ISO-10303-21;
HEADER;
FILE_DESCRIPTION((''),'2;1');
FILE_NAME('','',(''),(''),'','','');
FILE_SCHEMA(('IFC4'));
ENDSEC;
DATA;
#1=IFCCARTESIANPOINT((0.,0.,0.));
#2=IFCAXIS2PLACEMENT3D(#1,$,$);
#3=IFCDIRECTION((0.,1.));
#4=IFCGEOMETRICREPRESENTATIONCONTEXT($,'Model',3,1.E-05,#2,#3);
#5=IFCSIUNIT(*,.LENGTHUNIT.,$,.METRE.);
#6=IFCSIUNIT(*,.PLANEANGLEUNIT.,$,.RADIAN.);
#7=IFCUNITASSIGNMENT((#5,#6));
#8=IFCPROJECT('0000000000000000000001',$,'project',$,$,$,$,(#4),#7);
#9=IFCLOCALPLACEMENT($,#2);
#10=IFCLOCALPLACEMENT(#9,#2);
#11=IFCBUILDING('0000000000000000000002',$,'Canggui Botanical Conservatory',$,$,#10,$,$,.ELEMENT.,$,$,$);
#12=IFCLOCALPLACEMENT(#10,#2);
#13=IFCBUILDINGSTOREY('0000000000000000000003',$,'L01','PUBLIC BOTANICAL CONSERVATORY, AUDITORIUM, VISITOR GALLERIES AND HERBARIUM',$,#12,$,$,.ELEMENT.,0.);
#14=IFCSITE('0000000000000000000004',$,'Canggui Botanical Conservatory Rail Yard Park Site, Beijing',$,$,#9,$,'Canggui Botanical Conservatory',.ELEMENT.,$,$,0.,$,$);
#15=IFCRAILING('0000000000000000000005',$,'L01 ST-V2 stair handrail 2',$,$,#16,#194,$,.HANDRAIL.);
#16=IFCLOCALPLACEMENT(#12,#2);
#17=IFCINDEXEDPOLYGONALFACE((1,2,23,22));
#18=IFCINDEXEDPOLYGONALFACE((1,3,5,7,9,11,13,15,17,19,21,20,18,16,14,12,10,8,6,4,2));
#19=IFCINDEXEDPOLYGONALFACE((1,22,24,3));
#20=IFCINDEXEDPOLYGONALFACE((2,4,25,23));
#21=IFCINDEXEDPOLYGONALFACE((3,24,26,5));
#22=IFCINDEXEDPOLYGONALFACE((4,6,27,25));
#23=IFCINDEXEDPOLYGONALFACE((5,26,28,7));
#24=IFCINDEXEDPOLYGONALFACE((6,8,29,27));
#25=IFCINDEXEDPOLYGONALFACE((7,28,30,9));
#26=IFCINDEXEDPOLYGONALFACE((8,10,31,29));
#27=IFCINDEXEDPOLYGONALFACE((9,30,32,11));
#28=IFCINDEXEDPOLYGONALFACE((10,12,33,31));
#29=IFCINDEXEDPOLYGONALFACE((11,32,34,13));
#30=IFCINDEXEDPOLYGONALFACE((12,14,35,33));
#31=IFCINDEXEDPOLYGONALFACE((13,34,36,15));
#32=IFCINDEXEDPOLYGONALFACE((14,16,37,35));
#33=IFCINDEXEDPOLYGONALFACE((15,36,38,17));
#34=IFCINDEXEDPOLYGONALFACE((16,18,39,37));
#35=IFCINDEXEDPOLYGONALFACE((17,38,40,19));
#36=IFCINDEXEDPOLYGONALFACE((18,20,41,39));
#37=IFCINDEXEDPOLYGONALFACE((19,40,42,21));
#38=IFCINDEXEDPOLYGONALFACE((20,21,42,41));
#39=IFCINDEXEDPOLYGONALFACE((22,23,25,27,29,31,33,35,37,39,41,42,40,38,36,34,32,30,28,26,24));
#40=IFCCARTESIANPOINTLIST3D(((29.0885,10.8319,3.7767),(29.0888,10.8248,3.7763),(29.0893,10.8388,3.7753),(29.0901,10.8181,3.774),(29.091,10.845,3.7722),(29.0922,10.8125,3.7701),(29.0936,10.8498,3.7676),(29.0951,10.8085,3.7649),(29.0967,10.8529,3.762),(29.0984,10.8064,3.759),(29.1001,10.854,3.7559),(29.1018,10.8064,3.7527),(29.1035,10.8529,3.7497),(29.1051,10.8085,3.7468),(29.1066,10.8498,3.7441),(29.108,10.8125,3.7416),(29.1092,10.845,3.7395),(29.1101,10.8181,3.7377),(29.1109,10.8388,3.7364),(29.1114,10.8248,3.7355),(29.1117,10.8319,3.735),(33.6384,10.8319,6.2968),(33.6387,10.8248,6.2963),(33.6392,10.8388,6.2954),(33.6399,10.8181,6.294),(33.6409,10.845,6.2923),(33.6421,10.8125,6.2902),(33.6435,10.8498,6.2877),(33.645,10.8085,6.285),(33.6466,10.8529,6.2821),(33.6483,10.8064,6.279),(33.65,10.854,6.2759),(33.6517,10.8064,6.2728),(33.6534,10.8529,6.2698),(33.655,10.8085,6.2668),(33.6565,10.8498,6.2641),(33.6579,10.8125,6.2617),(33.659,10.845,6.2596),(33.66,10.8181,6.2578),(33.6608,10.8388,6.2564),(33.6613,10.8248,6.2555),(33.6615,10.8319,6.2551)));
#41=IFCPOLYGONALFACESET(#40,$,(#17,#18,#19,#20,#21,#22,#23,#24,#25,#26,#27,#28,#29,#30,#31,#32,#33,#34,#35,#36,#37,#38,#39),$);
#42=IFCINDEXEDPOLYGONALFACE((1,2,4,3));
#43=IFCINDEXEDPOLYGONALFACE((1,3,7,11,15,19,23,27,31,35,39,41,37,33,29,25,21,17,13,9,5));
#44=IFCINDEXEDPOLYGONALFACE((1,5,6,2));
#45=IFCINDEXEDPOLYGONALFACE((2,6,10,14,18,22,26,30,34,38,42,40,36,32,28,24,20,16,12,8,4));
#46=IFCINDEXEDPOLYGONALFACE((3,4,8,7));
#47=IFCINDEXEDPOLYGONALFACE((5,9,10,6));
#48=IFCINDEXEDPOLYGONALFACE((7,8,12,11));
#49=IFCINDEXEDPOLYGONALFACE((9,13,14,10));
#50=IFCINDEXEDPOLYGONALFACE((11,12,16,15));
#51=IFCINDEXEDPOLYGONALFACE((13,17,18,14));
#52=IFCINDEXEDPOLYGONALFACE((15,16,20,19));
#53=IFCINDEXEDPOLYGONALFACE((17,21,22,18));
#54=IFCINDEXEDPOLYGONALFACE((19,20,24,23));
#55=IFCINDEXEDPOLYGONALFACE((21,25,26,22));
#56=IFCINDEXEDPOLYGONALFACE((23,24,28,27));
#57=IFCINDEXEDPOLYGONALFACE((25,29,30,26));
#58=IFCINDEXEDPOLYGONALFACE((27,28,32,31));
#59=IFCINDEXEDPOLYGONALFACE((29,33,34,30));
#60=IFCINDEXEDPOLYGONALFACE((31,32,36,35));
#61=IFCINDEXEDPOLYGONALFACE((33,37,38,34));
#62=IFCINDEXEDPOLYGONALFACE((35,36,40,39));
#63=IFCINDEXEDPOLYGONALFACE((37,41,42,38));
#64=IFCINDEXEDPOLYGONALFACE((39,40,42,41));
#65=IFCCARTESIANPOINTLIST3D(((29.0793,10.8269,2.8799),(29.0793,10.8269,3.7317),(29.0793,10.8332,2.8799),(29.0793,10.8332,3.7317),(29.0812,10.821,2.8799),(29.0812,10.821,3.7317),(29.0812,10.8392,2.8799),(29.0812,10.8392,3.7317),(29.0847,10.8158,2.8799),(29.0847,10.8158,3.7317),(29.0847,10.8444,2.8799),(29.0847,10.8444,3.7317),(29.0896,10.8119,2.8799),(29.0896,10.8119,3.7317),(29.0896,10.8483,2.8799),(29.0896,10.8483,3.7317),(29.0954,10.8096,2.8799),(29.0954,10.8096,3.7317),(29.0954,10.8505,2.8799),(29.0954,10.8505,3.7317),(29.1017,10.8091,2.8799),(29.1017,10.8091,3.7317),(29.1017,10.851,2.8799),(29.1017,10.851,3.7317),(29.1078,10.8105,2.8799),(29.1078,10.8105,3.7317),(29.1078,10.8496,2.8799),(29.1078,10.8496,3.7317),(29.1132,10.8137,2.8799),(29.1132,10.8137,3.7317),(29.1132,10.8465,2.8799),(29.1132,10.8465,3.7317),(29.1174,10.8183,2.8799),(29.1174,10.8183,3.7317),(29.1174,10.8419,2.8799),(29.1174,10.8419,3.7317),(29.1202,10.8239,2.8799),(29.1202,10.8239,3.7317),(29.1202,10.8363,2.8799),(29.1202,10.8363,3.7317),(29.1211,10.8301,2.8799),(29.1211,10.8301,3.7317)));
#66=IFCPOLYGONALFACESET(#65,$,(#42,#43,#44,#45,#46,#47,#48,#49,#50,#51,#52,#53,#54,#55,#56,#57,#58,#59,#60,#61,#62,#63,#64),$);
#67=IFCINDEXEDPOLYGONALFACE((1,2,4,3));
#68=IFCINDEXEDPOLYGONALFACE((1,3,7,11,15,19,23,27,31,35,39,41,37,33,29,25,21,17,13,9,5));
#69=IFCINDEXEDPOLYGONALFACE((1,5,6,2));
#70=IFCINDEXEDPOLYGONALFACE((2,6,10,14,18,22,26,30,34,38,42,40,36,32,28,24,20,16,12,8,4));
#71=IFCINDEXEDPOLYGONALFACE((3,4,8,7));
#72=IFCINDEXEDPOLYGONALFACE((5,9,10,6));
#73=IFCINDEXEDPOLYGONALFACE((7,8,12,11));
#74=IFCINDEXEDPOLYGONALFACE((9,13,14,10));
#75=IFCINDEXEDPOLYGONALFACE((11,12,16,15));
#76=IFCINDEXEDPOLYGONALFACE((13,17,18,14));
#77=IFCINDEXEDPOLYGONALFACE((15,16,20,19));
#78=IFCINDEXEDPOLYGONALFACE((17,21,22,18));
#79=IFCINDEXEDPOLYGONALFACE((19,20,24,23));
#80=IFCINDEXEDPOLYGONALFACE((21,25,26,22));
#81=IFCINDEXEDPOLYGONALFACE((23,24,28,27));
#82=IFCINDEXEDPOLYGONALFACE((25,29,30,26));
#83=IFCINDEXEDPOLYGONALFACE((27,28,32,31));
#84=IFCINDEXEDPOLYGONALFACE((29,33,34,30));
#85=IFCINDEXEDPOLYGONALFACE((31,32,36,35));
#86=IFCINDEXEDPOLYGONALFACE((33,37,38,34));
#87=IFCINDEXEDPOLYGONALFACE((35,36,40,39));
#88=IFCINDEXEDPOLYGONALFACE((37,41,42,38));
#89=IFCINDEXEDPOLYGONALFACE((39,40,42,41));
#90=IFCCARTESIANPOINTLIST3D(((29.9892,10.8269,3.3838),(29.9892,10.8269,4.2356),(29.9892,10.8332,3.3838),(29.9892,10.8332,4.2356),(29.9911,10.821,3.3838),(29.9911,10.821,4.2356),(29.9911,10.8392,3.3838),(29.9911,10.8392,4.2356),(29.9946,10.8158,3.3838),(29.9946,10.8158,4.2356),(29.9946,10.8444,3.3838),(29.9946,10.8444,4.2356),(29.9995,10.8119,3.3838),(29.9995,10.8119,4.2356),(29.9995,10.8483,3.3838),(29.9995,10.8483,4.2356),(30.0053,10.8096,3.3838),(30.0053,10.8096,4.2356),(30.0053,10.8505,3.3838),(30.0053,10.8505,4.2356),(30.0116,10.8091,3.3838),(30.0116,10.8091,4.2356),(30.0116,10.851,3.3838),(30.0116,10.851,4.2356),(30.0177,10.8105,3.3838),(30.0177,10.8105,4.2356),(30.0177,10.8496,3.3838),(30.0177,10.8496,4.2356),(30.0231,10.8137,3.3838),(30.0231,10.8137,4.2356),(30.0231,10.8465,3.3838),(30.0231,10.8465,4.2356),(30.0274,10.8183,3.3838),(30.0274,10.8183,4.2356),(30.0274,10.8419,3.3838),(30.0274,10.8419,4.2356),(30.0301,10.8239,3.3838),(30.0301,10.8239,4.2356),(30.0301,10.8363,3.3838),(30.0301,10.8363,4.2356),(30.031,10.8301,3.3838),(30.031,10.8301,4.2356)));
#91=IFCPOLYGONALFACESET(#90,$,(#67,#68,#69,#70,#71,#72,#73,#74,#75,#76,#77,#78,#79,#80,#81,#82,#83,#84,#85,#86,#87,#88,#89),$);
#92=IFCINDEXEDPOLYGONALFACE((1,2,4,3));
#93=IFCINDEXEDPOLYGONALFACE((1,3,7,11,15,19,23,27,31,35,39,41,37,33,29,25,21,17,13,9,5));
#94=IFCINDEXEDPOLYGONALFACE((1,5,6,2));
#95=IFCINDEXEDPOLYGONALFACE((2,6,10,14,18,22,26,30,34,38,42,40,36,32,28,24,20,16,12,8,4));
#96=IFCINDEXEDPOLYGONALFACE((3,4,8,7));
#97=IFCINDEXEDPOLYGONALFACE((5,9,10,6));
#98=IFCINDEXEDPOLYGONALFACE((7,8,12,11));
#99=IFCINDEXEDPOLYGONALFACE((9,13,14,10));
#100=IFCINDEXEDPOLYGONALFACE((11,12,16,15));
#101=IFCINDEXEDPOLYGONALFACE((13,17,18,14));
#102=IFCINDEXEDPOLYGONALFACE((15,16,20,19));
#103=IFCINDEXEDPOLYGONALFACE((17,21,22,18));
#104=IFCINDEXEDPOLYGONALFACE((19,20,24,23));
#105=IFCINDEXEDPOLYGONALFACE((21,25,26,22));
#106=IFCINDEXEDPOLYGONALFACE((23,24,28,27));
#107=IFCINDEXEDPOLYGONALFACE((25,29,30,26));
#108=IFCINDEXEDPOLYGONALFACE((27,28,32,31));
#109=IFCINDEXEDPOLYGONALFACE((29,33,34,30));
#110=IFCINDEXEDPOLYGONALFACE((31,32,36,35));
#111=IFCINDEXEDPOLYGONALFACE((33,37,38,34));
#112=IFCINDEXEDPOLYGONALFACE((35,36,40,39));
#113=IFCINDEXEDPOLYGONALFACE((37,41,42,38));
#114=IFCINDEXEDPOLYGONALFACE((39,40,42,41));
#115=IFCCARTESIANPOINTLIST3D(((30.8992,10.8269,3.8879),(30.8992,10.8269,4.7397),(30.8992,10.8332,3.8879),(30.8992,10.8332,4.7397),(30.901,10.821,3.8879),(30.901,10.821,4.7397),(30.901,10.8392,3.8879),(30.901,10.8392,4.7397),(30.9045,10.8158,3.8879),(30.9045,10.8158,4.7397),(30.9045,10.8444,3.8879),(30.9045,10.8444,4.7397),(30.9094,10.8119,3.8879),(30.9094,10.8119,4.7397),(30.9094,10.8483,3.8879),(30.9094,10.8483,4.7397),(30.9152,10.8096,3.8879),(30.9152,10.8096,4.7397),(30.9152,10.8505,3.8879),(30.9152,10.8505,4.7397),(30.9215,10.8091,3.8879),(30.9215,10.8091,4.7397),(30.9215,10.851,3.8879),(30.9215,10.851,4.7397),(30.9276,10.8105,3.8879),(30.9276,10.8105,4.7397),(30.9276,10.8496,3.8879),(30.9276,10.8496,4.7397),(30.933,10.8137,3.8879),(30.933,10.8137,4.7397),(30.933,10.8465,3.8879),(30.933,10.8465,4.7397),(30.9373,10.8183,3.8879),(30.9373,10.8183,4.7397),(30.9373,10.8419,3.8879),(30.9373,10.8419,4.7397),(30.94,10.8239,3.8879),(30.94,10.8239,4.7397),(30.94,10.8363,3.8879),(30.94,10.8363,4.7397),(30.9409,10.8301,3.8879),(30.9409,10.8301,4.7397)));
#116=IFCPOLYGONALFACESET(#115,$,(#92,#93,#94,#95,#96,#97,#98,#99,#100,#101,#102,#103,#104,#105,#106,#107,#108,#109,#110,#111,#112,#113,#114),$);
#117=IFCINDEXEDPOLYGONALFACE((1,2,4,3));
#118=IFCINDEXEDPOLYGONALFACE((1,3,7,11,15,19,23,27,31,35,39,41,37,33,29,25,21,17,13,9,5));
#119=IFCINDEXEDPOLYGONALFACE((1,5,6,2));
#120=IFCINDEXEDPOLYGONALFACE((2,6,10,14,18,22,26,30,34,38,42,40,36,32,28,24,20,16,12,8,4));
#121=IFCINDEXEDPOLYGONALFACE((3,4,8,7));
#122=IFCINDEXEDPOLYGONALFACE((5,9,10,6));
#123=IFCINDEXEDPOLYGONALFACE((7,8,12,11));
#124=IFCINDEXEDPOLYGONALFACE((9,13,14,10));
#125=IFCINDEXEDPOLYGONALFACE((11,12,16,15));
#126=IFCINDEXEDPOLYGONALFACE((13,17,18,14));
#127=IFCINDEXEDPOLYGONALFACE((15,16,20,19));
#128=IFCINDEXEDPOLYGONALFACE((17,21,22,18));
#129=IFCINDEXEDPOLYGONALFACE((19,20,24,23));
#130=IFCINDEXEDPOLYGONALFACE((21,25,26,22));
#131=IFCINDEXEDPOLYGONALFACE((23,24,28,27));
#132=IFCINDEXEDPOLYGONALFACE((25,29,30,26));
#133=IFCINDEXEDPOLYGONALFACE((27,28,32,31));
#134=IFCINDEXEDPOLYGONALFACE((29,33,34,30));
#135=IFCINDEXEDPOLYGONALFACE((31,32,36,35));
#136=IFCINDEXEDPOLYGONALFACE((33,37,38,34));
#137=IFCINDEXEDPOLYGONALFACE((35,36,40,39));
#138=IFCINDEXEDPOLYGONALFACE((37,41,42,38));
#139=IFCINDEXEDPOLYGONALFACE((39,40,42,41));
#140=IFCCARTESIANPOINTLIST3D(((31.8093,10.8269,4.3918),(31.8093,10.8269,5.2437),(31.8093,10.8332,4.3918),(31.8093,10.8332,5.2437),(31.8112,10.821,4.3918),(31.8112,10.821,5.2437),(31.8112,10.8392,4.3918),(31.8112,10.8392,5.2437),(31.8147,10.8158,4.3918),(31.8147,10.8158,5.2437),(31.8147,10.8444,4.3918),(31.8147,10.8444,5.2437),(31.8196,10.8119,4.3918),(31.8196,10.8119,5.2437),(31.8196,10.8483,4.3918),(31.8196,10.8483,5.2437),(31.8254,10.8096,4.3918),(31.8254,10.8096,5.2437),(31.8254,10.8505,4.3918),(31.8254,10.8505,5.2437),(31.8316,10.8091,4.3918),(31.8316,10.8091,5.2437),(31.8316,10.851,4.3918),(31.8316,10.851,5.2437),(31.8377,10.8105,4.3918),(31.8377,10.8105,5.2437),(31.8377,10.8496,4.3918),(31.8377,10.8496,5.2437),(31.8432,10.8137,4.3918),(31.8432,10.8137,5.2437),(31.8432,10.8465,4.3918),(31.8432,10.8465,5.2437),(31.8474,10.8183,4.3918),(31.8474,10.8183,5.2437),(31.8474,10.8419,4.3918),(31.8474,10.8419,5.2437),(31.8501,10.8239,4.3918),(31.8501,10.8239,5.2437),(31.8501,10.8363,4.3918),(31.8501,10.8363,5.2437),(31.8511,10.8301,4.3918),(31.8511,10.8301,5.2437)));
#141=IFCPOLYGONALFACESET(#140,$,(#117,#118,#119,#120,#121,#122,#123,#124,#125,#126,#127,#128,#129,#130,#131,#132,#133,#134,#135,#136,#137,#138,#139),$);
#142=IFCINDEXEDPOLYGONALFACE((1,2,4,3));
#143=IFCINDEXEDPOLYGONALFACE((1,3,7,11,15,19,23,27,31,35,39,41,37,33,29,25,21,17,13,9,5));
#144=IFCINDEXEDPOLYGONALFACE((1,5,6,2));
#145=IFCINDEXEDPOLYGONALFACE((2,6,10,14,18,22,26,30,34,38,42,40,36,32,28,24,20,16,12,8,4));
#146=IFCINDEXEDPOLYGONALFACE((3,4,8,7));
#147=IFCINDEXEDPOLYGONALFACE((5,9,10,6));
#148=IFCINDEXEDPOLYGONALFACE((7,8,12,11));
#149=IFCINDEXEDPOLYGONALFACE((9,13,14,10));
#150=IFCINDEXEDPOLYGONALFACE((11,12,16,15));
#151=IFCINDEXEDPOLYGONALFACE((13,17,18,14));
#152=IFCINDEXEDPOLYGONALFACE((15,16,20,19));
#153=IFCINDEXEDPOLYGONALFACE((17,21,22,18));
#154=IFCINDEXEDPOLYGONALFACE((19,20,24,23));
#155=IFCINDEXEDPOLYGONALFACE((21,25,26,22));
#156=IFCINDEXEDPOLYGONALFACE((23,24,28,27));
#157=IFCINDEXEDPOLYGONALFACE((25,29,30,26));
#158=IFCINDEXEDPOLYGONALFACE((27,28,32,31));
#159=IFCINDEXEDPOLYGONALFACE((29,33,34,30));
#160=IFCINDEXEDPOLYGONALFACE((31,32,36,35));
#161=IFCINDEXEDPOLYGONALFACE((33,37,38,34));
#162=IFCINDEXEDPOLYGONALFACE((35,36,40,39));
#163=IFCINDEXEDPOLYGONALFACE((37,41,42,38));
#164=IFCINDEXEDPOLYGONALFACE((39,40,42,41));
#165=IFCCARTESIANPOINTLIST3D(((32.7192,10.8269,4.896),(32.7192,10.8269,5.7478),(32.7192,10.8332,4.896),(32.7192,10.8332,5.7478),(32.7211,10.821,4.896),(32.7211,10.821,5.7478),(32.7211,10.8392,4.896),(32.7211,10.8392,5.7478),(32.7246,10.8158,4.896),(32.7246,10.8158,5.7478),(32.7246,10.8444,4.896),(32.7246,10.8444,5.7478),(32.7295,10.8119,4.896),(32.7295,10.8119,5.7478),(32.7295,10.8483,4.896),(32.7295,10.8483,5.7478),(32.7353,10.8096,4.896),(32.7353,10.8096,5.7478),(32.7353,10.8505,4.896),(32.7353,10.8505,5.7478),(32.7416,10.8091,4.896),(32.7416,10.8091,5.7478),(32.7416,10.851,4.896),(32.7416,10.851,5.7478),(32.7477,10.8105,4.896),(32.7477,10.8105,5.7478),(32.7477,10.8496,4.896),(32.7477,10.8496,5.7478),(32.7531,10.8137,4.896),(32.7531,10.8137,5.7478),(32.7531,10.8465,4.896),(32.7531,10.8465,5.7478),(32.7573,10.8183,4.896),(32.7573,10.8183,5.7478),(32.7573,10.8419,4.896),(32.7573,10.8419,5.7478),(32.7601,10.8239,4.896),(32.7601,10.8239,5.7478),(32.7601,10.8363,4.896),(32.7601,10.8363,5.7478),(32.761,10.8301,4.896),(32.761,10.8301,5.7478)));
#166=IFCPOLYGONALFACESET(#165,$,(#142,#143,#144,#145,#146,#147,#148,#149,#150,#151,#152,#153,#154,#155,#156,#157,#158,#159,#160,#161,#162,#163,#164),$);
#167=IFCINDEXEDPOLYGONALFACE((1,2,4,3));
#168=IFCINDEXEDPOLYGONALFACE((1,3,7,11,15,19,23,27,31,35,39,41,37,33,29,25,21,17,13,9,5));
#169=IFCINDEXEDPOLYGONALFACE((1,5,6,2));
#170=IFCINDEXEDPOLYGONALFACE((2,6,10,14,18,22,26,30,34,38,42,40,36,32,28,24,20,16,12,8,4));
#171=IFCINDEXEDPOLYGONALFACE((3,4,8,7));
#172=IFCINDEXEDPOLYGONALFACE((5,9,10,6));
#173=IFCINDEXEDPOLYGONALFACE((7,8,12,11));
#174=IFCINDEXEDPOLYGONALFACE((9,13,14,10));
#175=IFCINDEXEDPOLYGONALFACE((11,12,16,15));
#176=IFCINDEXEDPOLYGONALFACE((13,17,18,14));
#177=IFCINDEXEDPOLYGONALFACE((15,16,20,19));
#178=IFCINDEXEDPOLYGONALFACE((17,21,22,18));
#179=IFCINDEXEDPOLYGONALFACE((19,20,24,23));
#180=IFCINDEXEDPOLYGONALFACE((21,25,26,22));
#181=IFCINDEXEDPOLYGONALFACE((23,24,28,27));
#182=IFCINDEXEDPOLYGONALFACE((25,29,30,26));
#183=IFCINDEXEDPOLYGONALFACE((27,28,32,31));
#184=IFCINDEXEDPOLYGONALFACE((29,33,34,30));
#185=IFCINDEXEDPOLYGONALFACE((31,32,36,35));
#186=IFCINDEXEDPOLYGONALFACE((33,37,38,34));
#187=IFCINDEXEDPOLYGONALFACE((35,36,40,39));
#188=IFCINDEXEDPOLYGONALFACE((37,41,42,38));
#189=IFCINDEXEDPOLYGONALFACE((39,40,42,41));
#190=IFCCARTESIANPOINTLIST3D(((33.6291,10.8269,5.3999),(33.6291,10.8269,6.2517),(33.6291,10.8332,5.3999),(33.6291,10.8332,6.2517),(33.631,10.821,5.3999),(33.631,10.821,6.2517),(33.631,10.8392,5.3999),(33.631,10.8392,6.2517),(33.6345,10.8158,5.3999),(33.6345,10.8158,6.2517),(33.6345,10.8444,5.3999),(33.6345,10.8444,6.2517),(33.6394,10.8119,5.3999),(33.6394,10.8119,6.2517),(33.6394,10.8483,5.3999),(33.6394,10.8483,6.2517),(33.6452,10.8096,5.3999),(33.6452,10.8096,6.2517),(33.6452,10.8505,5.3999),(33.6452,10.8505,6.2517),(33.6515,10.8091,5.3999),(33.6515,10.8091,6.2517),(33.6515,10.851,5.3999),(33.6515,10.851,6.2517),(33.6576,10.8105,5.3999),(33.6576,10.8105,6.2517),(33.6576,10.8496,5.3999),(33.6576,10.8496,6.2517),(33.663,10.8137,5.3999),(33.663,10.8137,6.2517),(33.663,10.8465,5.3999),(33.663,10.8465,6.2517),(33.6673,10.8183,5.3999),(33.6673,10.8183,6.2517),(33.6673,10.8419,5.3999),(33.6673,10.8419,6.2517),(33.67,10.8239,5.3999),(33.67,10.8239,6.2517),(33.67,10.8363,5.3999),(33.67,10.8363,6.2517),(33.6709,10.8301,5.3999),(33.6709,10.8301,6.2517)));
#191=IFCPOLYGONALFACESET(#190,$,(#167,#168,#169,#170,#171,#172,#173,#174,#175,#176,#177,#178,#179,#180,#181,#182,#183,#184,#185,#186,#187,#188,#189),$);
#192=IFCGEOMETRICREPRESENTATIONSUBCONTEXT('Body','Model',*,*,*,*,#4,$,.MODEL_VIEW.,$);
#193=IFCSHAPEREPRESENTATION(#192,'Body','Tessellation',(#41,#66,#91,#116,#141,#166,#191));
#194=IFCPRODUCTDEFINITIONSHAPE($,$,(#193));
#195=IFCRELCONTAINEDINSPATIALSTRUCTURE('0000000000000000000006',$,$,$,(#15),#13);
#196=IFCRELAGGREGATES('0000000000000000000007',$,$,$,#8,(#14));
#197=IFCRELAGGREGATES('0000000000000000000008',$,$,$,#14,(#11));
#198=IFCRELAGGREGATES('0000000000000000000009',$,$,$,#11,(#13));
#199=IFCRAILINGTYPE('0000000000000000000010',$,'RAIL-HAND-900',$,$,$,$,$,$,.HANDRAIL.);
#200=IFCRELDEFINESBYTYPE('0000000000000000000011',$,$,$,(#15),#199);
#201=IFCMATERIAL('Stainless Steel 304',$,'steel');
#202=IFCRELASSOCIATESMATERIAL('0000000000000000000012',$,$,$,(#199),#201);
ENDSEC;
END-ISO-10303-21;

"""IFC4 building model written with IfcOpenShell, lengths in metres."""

from ifc_helpers import new_model, si_unit, direction, frame, origin, origin_2d, place, context, subcontext, project, spatial, circle, extrude, material, type_object, element, save


model = new_model("IFC4")

# Units and contexts
model_context = context("Model", 3, precision=1e-05, world=origin(), true_north=direction((0.0, 1.0)))
body_context = subcontext(model_context, "Body", "Model", "MODEL_VIEW")
ifc_project = project(units=[si_unit("LENGTHUNIT", "METRE"), si_unit("PLANEANGLEUNIT", "RADIAN")], contexts=[model_context])

# Site, building, storey
site_placement = place(None, origin())
site = spatial("IfcSite", under=ifc_project, at=site_placement, Name="Canggui Botanical Conservatory Rail Yard Park Site, Beijing", LongName="Canggui Botanical Conservatory", CompositionType="ELEMENT", RefElevation=0.0)
building_placement = place(site_placement, origin())
building = spatial("IfcBuilding", under=site, at=building_placement, Name="Canggui Botanical Conservatory", CompositionType="ELEMENT")
storey_placement = place(building_placement, origin())
storey = spatial("IfcBuildingStorey", under=building, at=storey_placement, Name="L01", Description="PUBLIC BOTANICAL CONSERVATORY, AUDITORIUM, VISITOR GALLERIES AND HERBARIUM", CompositionType="ELEMENT", Elevation=0.0)

# Railing
ifc_material_1 = material(Name="Stainless Steel 304", Category="steel")
railing_type_1 = type_object("IfcRailingType", Name="RAIL-HAND-900", PredefinedType="HANDRAIL", material=ifc_material_1)
railing_1_placement = place(storey_placement, frame((29.1001, 10.8301, 2.8799)))
element("IfcRailing", 1, at=railing_1_placement, inside=storey, type_object=railing_type_1, Name="L01 ST-V2 stair handrail 2", PredefinedType="HANDRAIL", context=body_context, shape_type="SweptSolid", body=[
    extrude(circle(Radius=0.0239, at=origin_2d()), frame((0.0, 0.0, 0.876), z_axis=(0.874781, 0.0, 0.484519), x_axis=(0.0, 1.0, 0.0)), (0.0, 0.0, 1.0), 5.2012),
    extrude(circle(Radius=0.021, at=origin_2d()), origin(), (0.0, 0.0, 1.0), 0.8518),
    extrude(circle(Radius=0.021, at=origin_2d()), frame((0.9099, 0.0, 0.5039)), (0.0, 0.0, 1.0), 0.8518),
    extrude(circle(Radius=0.021, at=origin_2d()), frame((1.8198, 0.0, 1.0081)), (0.0, 0.0, 1.0), 0.8518),
    extrude(circle(Radius=0.021, at=origin_2d()), frame((2.73, 0.0, 1.512)), (0.0, 0.0, 1.0), 0.8518),
    extrude(circle(Radius=0.021, at=origin_2d()), frame((3.6399, 0.0, 2.0161)), (0.0, 0.0, 1.0), 0.8518),
    extrude(circle(Radius=0.021, at=origin_2d()), frame((4.5498, 0.0, 2.52)), (0.0, 0.0, 1.0), 0.8518),
])

save(model, "model.ifc")
